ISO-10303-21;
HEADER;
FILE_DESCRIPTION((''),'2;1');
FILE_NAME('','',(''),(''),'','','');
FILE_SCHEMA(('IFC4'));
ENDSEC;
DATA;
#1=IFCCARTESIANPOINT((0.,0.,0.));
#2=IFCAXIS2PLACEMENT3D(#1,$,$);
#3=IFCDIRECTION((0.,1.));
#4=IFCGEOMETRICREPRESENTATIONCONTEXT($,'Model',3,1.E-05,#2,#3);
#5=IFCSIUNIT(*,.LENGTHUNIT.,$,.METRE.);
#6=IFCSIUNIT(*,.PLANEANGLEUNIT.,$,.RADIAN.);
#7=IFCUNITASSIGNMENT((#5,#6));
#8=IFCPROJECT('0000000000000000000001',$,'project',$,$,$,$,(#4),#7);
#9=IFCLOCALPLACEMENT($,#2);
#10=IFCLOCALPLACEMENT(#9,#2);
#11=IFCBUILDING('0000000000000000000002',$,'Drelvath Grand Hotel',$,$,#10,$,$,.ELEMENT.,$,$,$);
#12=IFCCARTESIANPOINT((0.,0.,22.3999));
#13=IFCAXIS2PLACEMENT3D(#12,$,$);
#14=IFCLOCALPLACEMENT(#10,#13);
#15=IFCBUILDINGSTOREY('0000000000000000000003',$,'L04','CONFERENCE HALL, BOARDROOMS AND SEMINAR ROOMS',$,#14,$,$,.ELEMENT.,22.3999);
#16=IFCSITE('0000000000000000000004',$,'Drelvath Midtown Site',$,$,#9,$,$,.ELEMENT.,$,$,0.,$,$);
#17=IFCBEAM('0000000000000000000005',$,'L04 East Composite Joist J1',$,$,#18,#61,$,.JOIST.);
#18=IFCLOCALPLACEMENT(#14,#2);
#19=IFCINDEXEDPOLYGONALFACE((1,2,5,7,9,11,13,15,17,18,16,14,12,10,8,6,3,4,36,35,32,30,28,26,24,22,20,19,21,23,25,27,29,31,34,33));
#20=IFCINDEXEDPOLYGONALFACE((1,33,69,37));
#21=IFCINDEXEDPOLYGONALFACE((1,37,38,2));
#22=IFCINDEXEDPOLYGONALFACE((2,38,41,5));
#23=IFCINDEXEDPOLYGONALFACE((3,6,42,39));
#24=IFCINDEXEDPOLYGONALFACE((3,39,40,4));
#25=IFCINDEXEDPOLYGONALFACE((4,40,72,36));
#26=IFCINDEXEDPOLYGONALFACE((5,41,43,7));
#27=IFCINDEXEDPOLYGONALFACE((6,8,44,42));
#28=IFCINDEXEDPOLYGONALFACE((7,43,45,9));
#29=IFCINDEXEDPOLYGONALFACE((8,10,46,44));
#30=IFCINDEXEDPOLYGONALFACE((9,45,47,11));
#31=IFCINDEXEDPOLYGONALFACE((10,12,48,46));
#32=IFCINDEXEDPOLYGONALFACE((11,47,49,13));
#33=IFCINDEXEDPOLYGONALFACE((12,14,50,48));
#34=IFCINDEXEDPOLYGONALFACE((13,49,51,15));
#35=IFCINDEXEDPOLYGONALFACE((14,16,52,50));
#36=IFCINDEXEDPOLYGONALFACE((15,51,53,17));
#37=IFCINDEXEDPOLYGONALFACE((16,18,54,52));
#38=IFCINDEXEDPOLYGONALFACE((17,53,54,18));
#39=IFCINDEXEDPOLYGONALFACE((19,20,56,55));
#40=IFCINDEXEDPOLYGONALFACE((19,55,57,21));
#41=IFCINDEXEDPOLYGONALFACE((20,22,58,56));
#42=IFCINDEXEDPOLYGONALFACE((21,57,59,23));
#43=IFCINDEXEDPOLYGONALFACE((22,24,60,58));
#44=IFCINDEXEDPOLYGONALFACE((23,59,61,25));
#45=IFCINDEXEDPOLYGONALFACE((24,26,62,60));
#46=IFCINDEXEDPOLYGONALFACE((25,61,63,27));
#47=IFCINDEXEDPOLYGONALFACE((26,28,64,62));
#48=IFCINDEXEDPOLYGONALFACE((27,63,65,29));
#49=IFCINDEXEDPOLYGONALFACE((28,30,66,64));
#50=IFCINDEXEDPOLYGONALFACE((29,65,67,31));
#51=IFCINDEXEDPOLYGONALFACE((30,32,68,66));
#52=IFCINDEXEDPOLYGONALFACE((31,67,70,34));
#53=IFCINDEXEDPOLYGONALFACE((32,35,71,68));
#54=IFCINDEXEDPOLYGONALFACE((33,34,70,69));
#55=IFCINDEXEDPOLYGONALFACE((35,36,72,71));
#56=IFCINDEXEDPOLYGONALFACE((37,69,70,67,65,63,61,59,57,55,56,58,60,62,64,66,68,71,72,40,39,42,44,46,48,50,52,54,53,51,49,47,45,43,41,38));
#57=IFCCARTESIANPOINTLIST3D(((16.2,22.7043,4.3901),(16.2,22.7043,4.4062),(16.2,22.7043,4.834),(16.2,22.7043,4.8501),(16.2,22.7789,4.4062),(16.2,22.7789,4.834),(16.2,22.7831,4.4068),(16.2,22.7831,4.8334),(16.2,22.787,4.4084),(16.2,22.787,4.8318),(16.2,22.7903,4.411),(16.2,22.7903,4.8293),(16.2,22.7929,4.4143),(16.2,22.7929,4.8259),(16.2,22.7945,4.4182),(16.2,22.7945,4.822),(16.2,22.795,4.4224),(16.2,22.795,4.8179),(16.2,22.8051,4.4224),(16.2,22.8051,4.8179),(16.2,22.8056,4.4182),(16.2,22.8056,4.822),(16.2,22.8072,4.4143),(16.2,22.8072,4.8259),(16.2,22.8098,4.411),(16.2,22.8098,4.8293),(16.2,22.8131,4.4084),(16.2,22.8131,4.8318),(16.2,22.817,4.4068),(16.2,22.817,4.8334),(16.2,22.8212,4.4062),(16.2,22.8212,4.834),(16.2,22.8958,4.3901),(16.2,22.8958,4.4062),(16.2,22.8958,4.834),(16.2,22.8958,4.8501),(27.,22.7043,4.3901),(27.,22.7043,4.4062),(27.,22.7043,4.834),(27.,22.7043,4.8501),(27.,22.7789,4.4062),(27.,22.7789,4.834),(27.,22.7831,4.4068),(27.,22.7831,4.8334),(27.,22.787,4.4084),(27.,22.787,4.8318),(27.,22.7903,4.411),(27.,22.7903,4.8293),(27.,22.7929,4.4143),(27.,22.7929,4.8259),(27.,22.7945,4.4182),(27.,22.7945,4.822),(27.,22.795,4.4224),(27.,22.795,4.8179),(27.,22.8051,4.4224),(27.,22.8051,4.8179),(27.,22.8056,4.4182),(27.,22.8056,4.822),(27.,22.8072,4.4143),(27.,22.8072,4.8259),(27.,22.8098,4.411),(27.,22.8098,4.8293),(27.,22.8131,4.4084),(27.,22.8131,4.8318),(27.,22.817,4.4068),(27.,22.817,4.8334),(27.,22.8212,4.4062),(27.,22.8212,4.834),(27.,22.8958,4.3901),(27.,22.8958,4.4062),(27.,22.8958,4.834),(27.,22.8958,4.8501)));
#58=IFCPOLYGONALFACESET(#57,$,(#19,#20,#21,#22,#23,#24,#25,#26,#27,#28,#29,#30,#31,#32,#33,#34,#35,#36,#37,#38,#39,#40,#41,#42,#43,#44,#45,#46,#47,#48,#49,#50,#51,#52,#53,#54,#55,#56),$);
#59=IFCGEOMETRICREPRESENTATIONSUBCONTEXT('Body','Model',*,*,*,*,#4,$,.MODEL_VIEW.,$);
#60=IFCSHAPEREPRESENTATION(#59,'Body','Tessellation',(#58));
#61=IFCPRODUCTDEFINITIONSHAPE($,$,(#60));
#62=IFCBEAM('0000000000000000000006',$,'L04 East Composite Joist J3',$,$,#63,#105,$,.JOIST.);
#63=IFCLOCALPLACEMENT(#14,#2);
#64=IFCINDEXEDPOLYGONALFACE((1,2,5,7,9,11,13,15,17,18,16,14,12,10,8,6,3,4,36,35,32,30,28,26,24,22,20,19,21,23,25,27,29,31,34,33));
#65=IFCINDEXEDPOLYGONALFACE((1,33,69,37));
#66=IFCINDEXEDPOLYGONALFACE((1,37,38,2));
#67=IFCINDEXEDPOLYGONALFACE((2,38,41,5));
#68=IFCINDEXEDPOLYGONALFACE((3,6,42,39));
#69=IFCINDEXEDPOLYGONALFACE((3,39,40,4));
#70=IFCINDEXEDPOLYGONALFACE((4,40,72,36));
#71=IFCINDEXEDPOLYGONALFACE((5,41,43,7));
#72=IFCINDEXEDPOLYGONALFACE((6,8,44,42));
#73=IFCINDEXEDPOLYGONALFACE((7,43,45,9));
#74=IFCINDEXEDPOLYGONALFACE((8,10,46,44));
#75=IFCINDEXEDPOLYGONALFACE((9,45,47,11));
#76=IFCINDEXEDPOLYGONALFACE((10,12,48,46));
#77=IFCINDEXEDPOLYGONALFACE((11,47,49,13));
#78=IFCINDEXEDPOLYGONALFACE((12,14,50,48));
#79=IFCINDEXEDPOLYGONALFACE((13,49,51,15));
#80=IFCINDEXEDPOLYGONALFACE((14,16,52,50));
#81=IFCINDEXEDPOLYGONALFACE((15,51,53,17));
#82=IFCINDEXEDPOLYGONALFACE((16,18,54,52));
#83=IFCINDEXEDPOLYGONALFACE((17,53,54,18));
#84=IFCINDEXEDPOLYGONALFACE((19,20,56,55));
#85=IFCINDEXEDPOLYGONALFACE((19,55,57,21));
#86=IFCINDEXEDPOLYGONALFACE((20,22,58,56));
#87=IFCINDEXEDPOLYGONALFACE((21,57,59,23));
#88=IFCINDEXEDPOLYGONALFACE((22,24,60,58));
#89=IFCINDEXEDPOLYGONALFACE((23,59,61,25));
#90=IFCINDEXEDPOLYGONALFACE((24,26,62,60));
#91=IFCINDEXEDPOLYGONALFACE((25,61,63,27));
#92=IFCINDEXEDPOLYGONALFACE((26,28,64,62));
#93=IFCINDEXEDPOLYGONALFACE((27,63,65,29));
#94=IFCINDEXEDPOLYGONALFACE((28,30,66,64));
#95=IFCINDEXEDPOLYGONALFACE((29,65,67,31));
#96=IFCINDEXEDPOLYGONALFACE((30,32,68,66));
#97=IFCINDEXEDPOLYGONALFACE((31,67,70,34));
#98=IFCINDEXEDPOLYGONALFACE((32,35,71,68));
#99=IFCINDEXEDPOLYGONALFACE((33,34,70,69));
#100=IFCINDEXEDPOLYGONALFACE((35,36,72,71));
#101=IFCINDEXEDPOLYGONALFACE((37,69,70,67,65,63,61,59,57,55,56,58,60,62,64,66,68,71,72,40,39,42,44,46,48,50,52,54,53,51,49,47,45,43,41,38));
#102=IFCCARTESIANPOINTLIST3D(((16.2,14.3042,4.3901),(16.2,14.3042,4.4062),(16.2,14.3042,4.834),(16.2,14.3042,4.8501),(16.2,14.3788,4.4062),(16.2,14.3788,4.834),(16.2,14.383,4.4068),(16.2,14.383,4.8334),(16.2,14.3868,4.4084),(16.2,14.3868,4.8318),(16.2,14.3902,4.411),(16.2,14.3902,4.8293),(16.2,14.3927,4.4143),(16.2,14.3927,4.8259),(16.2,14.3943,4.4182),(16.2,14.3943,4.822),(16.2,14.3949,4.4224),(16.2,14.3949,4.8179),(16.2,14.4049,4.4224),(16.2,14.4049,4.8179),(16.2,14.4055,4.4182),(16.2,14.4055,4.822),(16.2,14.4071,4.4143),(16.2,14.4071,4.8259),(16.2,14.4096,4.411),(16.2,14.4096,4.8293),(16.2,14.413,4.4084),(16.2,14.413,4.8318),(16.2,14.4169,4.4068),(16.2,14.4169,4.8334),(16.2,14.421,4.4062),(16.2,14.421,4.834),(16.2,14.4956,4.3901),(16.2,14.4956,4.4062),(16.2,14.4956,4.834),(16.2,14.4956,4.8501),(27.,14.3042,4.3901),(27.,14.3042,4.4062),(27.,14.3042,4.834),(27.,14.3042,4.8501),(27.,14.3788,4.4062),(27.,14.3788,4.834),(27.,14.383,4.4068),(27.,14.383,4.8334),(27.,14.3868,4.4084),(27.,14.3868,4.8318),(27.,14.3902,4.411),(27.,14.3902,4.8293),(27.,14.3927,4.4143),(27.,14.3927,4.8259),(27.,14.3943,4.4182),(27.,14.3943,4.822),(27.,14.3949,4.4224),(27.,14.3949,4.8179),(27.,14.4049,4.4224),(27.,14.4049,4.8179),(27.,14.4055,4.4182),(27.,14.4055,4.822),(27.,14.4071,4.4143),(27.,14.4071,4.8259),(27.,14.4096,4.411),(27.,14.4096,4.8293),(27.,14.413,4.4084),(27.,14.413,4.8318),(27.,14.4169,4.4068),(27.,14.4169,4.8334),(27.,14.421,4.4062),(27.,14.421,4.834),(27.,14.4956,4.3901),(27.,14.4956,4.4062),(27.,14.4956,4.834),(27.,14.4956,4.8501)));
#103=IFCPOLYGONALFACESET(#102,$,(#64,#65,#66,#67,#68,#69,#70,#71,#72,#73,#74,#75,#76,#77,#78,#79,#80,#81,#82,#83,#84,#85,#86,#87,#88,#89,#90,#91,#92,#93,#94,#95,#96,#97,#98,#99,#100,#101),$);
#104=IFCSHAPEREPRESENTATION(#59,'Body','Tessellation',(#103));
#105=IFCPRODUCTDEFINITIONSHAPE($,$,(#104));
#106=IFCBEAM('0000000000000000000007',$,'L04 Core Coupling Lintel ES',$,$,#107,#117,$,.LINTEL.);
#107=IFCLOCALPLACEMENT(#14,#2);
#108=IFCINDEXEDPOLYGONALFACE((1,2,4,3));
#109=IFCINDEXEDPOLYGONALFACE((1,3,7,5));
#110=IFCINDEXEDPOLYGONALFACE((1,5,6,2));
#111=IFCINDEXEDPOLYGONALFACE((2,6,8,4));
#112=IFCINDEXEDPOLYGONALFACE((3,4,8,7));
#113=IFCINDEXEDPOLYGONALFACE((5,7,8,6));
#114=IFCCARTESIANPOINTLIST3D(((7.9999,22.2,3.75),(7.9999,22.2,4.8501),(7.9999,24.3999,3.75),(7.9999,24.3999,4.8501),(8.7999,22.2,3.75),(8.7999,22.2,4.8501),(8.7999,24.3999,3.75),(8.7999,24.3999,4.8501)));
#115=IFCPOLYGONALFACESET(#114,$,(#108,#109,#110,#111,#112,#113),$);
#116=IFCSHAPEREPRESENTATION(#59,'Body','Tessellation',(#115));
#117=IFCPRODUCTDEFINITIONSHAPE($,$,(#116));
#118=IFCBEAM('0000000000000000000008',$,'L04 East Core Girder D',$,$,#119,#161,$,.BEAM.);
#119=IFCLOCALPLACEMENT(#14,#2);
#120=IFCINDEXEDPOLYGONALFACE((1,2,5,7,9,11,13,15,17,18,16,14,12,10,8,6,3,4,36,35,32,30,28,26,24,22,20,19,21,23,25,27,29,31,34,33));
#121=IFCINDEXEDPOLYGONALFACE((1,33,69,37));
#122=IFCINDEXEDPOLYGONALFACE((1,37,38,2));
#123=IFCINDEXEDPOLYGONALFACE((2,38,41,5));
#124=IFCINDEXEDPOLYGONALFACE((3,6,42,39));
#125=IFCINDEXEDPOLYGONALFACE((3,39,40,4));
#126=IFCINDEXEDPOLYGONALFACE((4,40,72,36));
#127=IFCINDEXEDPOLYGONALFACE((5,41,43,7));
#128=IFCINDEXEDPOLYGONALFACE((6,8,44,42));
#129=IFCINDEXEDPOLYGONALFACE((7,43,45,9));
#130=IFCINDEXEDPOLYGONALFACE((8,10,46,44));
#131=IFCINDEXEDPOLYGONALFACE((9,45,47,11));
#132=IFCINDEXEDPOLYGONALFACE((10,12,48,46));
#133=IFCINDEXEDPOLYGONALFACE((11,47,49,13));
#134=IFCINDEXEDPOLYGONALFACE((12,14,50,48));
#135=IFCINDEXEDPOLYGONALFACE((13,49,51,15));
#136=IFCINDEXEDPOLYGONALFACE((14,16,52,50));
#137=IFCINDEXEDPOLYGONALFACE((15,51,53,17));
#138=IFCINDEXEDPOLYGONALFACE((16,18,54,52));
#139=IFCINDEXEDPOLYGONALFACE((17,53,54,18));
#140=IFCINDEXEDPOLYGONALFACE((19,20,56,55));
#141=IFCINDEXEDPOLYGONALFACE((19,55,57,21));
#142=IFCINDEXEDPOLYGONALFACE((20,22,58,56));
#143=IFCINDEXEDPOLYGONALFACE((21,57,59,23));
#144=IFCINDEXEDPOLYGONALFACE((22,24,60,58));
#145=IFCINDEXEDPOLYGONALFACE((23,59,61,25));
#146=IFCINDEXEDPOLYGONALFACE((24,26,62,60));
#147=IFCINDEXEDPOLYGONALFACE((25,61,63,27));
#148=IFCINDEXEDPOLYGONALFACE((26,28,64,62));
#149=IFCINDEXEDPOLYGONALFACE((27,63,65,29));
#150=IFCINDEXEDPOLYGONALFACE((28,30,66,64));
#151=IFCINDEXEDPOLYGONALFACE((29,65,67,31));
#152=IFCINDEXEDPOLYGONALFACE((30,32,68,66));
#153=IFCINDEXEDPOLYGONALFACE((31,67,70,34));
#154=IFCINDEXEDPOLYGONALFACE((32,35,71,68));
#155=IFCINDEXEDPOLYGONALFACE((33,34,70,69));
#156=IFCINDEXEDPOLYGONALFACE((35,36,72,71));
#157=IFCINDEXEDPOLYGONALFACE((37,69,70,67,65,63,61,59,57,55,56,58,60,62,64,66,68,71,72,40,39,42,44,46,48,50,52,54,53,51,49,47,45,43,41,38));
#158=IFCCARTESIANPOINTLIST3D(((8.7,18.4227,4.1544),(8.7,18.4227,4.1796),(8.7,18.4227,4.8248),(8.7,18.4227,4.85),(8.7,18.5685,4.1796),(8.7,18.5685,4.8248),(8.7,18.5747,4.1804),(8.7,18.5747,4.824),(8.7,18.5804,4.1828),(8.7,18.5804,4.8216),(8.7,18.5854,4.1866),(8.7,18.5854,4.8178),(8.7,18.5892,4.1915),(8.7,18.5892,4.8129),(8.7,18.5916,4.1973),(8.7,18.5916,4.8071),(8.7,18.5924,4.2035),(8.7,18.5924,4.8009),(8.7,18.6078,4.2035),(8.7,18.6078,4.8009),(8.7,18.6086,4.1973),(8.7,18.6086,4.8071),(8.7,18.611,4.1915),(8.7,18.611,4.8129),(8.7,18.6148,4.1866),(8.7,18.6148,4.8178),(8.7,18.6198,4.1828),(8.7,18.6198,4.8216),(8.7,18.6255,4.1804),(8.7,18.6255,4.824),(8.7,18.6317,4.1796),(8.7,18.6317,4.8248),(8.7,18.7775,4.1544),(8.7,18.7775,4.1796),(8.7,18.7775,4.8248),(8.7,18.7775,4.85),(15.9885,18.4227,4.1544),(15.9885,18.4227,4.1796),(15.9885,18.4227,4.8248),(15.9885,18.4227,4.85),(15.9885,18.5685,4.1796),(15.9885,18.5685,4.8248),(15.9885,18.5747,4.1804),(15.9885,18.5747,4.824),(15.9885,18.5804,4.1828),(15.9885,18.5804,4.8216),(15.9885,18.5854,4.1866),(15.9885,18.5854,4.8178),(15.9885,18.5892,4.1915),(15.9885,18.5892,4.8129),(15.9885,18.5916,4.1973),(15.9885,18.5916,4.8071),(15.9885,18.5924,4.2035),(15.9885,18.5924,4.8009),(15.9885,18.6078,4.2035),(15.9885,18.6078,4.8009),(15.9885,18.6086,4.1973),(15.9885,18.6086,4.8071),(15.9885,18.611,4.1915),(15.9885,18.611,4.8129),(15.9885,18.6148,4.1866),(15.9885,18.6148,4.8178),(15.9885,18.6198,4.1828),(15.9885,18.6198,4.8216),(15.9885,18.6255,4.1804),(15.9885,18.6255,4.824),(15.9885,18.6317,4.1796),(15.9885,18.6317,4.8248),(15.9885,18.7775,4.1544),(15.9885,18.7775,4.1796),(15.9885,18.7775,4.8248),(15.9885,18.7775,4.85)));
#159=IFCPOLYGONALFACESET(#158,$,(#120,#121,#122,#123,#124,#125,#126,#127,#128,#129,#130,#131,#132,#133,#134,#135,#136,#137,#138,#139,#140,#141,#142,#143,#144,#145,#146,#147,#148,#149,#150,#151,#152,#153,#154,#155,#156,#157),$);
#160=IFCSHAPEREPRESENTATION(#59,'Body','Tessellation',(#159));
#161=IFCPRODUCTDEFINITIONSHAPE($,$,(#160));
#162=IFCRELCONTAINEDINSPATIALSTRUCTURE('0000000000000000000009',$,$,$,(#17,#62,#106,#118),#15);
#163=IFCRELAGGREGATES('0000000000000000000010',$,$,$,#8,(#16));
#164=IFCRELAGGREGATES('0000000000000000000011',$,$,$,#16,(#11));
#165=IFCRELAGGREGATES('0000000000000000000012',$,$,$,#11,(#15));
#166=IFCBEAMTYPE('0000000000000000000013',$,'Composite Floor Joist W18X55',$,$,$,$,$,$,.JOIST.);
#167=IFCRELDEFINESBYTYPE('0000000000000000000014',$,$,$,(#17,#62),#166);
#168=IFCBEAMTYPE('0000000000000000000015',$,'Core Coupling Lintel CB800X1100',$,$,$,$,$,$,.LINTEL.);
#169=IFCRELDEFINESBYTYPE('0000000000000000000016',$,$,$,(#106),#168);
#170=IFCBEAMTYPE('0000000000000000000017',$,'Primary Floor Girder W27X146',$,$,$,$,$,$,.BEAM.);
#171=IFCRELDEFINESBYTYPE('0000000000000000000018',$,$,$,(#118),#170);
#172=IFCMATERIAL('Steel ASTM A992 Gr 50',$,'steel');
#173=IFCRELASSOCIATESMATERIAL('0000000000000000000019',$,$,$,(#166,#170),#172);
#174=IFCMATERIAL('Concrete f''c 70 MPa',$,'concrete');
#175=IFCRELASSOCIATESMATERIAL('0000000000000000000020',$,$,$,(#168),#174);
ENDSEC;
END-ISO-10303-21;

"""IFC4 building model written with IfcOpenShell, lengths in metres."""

from ifc_helpers import new_model, si_unit, direction, frame, origin, origin_2d, place, context, subcontext, project, spatial, rectangle, i_section, extrude, material, material_profile, profile_set, type_object, element, save


model = new_model("IFC4")

# Units and contexts
model_context = context("Model", 3, precision=1e-05, world=origin(), true_north=direction((0.0, 1.0)))
body_context = subcontext(model_context, "Body", "Model", "MODEL_VIEW")
ifc_project = project(units=[si_unit("LENGTHUNIT", "METRE"), si_unit("PLANEANGLEUNIT", "RADIAN")], contexts=[model_context])

# Site, building, storey
site_placement = place(None, origin())
site = spatial("IfcSite", under=ifc_project, at=site_placement, Name="Drelvath Midtown Site", CompositionType="ELEMENT", RefElevation=0.0)
building_placement = place(site_placement, origin())
building = spatial("IfcBuilding", under=site, at=building_placement, Name="Drelvath Grand Hotel", CompositionType="ELEMENT")
storey_placement = place(building_placement, frame((0.0, 0.0, 22.3999)))
storey = spatial("IfcBuildingStorey", under=building, at=storey_placement, Name="L04", Description="CONFERENCE HALL, BOARDROOMS AND SEMINAR ROOMS", CompositionType="ELEMENT", Elevation=22.3999)

# Beams
ifc_material_1 = material(Name="Steel ASTM A992 Gr 50", Category="steel")
ifc_material_profile_1 = material_profile(ifc_material_1, i_section(OverallWidth=0.1914, OverallDepth=0.46, WebThickness=0.01, FlangeThickness=0.0161, FilletRadius=0.0161, at=origin_2d()), Name="W18X55")
ifc_profile_set_1 = profile_set([ifc_material_profile_1], Name="Steel ASTM A992 Gr 50")
beam_type_1 = type_object("IfcBeamType", Name="Composite Floor Joist W18X55", PredefinedType="JOIST", material=ifc_profile_set_1)
for number, where, z_axis, x_axis, name in (
    (1, (16.2, 22.8, 4.6201), (1.0, 0.0, 0.0), (0.0, 1.0, 0.0), "L04 East Composite Joist J1"),
    (2, (16.2, 14.3999, 4.6201), (1.0, 0.0, 0.0), (0.0, 1.0, 0.0), "L04 East Composite Joist J3"),
):
    element("IfcBeam", number, at=place(storey_placement, frame(where, z_axis=z_axis, x_axis=x_axis)), inside=storey, type_object=beam_type_1, Name=name, PredefinedType="JOIST", context=body_context, shape_type="SweptSolid", body=[
        extrude(i_section(OverallWidth=0.1914, OverallDepth=0.46, WebThickness=0.01, FlangeThickness=0.0161, FilletRadius=0.0161, at=origin_2d()), origin(), (0.0, 0.0, 1.0), 10.8),
    ])
ifc_material_2 = material(Name="Concrete f'c 70 MPa", Category="concrete")
ifc_material_profile_2 = material_profile(ifc_material_2, rectangle(XDim=0.8, YDim=1.1001, at=origin_2d()), Name="CB800X1100")
ifc_profile_set_2 = profile_set([ifc_material_profile_2], Name="Concrete f'c 70 MPa")
beam_type_2 = type_object("IfcBeamType", Name="Core Coupling Lintel CB800X1100", PredefinedType="LINTEL", material=ifc_profile_set_2)
beam_1_placement = place(storey_placement, frame((8.3999, 22.2, 4.3), z_axis=(0.0, 1.0, 0.0), x_axis=(-1.0, 0.0, 0.0)))
element("IfcBeam", 3, at=beam_1_placement, inside=storey, type_object=beam_type_2, Name="L04 Core Coupling Lintel ES", PredefinedType="LINTEL", context=body_context, shape_type="SweptSolid", body=[
    extrude(rectangle(XDim=0.8, YDim=1.1001, at=origin_2d()), origin(), (0.0, 0.0, 1.0), 2.2),
])
ifc_material_profile_3 = material_profile(ifc_material_1, i_section(OverallWidth=0.3547, OverallDepth=0.6956, WebThickness=0.0154, FlangeThickness=0.0251, FilletRadius=0.0239, at=origin_2d()), Name="W27X146")
ifc_profile_set_3 = profile_set([ifc_material_profile_3], Name="Steel ASTM A992 Gr 50")
beam_type_3 = type_object("IfcBeamType", Name="Primary Floor Girder W27X146", PredefinedType="BEAM", material=ifc_profile_set_3)
beam_2_placement = place(storey_placement, frame((8.7, 18.6001, 4.5022), z_axis=(1.0, 0.0, 0.0), x_axis=(0.0, 1.0, 0.0)))
element("IfcBeam", 4, at=beam_2_placement, inside=storey, type_object=beam_type_3, Name="L04 East Core Girder D", PredefinedType="BEAM", context=body_context, shape_type="SweptSolid", body=[
    extrude(i_section(OverallWidth=0.3547, OverallDepth=0.6956, WebThickness=0.0154, FlangeThickness=0.0251, FilletRadius=0.0239, at=origin_2d()), origin(), (0.0, 0.0, 1.0), 7.2886),
])

save(model, "model.ifc")
